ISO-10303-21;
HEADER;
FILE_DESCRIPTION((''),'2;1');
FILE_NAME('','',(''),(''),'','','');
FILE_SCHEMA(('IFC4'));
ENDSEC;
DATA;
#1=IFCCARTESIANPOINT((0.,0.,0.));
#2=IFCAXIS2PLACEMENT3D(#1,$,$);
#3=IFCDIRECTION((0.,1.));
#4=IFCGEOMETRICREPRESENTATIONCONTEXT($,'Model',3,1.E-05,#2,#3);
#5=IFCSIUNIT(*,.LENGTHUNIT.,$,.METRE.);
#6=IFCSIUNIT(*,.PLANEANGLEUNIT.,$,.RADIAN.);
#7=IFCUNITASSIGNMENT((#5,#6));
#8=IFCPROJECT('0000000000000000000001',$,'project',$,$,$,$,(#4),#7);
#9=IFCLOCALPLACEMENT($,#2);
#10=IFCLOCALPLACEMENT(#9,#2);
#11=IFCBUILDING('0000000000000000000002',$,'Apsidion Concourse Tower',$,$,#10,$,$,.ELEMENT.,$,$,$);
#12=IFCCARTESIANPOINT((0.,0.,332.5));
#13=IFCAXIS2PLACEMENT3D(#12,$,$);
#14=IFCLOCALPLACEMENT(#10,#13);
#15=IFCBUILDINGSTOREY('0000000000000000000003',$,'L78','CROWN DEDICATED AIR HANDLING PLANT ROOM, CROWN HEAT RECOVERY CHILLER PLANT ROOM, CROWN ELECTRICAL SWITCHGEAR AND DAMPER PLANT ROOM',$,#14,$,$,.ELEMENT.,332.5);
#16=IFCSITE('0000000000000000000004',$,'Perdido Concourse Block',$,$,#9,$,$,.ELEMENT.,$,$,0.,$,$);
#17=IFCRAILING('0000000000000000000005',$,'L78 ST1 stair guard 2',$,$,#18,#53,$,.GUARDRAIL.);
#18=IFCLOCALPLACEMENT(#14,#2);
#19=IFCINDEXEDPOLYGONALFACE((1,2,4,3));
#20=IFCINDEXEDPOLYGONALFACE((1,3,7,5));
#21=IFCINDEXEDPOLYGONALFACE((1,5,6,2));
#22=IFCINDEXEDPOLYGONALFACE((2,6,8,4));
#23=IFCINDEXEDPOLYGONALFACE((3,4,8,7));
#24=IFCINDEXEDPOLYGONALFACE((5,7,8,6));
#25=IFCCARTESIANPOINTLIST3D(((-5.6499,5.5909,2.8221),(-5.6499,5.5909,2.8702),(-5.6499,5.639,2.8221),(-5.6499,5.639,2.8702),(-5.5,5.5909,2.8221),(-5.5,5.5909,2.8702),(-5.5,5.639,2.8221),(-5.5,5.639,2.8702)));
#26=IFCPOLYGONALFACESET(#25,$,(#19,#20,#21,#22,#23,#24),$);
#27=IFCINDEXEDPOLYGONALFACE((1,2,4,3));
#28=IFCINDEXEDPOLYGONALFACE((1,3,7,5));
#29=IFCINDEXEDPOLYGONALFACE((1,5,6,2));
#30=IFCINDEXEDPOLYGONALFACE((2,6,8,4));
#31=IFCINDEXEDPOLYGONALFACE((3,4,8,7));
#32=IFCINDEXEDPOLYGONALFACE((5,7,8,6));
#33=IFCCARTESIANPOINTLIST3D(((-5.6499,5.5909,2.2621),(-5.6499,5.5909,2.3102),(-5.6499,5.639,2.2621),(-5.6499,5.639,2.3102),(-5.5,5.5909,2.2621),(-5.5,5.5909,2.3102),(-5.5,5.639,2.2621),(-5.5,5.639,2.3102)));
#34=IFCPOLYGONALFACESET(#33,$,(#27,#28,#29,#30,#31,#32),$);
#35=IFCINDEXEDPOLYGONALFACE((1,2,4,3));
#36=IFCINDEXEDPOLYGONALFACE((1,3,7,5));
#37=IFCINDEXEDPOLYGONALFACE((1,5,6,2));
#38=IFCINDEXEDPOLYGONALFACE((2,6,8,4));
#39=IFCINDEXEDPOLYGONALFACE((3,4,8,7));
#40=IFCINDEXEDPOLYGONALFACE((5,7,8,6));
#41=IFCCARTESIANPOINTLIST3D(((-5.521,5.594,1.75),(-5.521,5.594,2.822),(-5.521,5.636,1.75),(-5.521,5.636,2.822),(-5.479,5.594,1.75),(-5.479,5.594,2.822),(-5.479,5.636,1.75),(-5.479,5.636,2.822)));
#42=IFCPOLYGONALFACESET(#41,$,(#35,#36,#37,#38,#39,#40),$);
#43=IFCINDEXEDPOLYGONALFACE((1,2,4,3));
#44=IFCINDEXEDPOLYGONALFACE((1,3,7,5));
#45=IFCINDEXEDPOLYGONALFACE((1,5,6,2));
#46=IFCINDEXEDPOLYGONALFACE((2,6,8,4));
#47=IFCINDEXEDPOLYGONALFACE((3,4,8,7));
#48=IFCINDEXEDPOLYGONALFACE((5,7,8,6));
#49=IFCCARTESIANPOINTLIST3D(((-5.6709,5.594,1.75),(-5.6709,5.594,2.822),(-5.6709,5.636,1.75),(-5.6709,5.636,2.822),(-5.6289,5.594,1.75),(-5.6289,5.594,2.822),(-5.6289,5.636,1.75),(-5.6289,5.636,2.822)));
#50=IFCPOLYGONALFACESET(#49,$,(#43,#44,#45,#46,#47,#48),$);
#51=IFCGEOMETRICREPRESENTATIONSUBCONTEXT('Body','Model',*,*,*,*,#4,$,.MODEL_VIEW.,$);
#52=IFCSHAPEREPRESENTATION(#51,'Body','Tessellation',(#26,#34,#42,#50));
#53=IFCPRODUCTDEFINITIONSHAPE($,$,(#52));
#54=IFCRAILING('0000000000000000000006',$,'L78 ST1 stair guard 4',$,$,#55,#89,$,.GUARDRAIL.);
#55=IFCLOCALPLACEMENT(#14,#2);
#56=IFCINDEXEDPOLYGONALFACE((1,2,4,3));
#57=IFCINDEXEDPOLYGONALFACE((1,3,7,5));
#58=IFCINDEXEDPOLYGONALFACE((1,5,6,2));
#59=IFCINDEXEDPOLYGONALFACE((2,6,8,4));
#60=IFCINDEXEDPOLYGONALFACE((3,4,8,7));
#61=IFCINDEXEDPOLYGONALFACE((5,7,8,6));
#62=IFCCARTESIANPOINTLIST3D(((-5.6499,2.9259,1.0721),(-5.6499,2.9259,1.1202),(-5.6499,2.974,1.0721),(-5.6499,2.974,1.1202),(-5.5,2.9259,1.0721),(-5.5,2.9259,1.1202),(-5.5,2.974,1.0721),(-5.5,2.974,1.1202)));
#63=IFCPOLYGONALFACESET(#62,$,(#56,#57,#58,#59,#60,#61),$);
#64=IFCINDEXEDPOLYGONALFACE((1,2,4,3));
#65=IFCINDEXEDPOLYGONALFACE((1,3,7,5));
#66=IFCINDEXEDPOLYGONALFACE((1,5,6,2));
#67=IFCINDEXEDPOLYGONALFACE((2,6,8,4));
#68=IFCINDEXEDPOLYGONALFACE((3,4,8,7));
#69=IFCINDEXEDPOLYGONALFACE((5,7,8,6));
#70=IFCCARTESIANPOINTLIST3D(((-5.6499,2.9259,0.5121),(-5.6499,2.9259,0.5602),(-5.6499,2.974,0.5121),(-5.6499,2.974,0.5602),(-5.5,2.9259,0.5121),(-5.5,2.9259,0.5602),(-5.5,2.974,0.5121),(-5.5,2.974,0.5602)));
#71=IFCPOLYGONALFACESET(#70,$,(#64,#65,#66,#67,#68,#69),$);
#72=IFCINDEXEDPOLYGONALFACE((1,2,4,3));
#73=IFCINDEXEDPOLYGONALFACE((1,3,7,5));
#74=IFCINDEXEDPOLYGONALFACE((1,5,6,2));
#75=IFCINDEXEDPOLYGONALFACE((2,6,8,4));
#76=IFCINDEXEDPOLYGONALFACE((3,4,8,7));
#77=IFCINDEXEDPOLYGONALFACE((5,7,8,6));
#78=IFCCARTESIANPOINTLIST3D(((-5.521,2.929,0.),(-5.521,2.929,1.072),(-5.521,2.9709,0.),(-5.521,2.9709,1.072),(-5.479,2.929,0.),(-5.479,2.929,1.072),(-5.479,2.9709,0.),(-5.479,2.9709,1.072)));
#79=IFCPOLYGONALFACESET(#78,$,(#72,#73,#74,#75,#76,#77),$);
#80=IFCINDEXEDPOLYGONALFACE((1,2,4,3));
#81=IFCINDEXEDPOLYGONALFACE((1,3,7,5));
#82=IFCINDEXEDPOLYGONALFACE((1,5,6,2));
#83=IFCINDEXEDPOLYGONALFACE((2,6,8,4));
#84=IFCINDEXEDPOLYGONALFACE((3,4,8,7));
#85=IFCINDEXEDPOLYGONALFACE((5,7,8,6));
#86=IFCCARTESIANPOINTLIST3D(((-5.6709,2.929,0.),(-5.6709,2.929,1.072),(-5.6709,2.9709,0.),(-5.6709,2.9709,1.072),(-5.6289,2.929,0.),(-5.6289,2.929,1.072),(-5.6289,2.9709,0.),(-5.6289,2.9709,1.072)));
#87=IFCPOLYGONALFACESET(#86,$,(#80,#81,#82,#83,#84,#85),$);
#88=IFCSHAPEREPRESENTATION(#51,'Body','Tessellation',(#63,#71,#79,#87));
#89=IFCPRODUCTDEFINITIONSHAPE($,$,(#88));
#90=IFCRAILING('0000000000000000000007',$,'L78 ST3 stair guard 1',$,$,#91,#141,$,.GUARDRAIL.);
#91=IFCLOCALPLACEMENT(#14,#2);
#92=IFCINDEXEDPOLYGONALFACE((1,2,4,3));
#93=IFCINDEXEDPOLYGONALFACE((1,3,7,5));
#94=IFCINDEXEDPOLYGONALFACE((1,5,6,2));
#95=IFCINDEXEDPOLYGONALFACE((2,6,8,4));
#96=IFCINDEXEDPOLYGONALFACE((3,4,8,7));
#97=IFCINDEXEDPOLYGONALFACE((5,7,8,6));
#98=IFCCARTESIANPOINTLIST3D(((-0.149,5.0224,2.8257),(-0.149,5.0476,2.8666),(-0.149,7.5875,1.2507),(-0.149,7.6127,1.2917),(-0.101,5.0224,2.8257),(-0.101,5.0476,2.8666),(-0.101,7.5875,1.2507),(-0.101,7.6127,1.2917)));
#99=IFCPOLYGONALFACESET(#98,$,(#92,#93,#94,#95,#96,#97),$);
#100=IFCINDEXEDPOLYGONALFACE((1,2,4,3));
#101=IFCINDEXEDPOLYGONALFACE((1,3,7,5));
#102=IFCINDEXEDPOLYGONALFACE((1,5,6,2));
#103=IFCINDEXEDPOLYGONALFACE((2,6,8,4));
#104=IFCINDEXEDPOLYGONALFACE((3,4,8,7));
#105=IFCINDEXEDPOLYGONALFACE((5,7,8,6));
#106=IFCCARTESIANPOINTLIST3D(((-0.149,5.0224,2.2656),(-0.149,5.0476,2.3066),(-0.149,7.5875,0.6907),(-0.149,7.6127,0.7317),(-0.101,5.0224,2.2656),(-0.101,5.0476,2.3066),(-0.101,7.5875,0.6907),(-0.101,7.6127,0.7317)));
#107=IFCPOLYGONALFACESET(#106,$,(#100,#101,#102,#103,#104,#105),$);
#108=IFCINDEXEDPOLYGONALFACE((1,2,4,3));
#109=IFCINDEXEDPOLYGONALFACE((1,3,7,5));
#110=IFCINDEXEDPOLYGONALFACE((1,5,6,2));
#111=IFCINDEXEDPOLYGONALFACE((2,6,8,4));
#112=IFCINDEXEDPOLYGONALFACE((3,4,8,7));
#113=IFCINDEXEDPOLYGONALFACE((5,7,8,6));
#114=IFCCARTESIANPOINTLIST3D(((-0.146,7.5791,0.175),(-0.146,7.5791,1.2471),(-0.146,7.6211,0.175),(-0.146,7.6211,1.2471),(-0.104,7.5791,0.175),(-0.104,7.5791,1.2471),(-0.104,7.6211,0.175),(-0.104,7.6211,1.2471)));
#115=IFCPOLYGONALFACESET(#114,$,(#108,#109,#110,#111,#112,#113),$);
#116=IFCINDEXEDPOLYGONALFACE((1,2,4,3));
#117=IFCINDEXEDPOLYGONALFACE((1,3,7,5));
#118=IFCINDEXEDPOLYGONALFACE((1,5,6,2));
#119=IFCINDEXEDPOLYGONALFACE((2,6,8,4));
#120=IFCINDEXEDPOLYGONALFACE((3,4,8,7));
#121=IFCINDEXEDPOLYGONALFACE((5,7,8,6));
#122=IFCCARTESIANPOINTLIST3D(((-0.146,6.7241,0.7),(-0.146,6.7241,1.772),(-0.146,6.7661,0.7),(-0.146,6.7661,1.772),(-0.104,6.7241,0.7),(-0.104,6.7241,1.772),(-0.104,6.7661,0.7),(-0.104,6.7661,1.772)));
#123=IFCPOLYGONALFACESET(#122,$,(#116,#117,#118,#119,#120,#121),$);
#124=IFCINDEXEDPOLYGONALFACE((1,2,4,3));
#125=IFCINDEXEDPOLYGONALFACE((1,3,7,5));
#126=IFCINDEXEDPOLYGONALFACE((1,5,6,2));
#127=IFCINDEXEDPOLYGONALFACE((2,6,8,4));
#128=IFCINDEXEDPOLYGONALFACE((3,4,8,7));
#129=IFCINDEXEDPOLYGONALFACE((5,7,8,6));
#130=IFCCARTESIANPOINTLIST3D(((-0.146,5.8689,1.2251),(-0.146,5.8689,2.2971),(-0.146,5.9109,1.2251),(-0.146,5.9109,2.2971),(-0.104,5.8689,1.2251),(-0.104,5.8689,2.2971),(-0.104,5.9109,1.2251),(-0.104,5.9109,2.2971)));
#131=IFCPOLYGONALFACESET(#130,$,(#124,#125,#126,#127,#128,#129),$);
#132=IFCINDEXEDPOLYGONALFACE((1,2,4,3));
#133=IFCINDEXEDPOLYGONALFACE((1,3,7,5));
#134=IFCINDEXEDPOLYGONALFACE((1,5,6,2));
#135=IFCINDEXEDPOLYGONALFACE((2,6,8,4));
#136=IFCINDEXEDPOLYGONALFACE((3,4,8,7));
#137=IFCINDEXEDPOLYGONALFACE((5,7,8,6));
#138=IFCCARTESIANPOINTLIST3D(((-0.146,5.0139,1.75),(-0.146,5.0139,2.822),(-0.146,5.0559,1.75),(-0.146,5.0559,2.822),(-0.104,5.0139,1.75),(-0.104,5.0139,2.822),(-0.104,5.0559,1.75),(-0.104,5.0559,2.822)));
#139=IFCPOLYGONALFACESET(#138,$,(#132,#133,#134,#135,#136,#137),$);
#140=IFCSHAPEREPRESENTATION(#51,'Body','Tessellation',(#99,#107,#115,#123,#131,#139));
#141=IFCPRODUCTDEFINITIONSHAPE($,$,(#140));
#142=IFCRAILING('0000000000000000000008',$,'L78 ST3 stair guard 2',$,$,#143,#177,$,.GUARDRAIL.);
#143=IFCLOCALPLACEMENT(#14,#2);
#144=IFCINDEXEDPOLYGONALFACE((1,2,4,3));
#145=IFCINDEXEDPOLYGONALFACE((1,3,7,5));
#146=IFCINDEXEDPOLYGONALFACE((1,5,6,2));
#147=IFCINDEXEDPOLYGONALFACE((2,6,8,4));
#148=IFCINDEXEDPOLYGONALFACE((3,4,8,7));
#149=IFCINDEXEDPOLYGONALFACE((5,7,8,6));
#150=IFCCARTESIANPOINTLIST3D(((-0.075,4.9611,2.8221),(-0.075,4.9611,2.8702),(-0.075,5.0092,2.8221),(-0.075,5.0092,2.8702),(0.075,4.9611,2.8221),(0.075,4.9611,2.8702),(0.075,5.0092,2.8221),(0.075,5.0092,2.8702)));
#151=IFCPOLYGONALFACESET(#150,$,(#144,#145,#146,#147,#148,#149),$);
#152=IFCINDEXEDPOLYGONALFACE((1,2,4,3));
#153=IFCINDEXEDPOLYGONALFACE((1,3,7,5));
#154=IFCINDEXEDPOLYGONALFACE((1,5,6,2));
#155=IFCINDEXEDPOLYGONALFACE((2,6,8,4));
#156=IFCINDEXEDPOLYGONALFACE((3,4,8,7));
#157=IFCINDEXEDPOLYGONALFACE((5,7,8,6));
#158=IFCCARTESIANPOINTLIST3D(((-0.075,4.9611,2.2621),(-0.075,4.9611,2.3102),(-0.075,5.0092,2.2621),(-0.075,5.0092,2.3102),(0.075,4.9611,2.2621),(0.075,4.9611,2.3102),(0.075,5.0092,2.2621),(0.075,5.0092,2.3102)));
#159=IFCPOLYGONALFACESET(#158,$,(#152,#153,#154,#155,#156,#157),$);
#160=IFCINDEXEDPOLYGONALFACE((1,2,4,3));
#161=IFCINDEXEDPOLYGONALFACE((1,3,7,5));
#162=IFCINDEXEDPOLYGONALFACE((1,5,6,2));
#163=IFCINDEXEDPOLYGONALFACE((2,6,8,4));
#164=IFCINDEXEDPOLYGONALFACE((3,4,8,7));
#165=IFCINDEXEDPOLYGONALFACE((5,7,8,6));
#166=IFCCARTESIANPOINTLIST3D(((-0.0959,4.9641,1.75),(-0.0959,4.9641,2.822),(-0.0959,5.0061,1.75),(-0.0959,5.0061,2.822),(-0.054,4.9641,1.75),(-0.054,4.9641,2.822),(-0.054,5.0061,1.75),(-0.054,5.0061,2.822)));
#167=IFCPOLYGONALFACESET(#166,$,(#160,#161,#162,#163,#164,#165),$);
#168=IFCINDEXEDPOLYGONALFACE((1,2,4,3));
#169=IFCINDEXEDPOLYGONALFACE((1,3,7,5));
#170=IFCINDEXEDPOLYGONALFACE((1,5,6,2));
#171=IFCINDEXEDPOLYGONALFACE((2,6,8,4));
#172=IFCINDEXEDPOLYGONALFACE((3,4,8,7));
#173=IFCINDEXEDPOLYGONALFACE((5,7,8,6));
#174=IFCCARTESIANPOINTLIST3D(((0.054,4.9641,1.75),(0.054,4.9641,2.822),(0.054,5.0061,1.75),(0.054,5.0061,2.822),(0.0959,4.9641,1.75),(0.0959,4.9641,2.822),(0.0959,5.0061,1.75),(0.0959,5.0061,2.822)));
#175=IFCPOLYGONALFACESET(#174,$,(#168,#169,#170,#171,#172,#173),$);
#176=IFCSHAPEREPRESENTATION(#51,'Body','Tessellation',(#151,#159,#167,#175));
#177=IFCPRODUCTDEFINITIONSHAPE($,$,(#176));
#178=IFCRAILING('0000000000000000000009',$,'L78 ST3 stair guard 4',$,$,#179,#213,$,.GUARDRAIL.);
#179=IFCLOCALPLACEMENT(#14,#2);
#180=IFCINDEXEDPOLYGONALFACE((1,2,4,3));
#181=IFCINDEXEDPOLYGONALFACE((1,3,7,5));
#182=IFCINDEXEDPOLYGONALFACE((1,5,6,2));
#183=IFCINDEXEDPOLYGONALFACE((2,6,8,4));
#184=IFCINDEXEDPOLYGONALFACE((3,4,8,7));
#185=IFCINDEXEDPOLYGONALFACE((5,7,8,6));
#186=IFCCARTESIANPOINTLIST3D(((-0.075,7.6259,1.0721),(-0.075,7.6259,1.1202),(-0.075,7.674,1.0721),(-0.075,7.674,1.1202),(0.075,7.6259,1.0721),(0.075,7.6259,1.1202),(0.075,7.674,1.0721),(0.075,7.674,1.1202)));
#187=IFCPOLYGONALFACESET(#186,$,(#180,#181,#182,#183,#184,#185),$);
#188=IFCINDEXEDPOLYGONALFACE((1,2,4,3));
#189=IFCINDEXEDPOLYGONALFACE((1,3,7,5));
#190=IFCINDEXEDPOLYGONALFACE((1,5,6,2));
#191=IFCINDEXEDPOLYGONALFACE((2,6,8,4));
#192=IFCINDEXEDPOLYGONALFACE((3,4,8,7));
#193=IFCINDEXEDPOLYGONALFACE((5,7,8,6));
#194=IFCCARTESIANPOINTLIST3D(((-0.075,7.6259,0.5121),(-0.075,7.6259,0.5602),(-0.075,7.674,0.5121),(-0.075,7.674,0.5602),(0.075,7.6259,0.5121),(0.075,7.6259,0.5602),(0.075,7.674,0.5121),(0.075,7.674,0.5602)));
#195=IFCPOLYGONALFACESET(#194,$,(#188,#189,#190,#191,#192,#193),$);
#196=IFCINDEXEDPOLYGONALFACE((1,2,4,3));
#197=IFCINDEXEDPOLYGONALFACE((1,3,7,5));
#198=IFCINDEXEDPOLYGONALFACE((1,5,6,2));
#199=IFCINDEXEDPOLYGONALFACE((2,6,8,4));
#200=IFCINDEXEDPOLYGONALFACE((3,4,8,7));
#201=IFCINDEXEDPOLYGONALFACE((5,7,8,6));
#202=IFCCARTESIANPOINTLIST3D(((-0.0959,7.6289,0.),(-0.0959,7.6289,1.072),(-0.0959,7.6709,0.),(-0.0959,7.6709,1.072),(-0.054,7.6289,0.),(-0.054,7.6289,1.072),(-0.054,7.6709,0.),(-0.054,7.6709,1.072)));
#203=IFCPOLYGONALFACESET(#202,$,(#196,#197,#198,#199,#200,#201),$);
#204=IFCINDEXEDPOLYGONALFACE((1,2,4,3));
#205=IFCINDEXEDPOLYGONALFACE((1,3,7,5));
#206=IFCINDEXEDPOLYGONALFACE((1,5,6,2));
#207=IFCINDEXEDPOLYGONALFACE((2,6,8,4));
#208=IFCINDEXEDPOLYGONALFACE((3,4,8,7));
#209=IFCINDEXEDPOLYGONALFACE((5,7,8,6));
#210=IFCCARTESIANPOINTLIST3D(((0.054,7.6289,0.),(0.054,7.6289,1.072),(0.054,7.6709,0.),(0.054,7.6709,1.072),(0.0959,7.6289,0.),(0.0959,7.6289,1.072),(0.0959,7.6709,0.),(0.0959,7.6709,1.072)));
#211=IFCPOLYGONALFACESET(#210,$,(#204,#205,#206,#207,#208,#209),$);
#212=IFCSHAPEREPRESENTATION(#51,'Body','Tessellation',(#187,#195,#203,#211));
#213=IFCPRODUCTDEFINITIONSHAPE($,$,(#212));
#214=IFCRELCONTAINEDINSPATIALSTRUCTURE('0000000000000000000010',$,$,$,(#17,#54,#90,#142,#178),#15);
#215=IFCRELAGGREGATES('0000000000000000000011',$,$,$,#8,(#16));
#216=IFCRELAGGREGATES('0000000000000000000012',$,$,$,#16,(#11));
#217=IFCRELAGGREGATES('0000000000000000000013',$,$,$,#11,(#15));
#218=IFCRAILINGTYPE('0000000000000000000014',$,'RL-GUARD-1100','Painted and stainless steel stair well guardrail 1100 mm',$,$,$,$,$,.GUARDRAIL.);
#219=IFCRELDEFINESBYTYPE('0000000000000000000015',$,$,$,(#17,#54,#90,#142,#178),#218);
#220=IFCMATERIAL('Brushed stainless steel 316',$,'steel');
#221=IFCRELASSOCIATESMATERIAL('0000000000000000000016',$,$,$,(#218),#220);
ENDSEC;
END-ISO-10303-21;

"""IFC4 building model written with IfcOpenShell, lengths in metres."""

from ifc_helpers import new_model, si_unit, direction, frame, origin, origin_2d, place, context, subcontext, project, spatial, rectangle, extrude, material, type_object, element, save


model = new_model("IFC4")

# Units and contexts
model_context = context("Model", 3, precision=1e-05, world=origin(), true_north=direction((0.0, 1.0)))
body_context = subcontext(model_context, "Body", "Model", "MODEL_VIEW")
ifc_project = project(units=[si_unit("LENGTHUNIT", "METRE"), si_unit("PLANEANGLEUNIT", "RADIAN")], contexts=[model_context])

# Site, building, storey
site_placement = place(None, origin())
site = spatial("IfcSite", under=ifc_project, at=site_placement, Name="Perdido Concourse Block", CompositionType="ELEMENT", RefElevation=0.0)
building_placement = place(site_placement, origin())
building = spatial("IfcBuilding", under=site, at=building_placement, Name="Apsidion Concourse Tower", CompositionType="ELEMENT")
storey_placement = place(building_placement, frame((0.0, 0.0, 332.5)))
storey = spatial("IfcBuildingStorey", under=building, at=storey_placement, Name="L78", Description="CROWN DEDICATED AIR HANDLING PLANT ROOM, CROWN HEAT RECOVERY CHILLER PLANT ROOM, CROWN ELECTRICAL SWITCHGEAR AND DAMPER PLANT ROOM", CompositionType="ELEMENT", Elevation=332.5)

# Railings
ifc_material_1 = material(Name="Brushed stainless steel 316", Category="steel")
railing_type_1 = type_object("IfcRailingType", Name="RL-GUARD-1100", Description="Painted and stainless steel stair well guardrail 1100 mm", PredefinedType="GUARDRAIL", material=ifc_material_1)
for number, where, name in (
    (1, (-5.5, 5.615, 1.75), "L78 ST1 stair guard 2"),
    (2, (-5.5, 2.95, 0.0), "L78 ST1 stair guard 4"),
):
    element("IfcRailing", number, at=place(storey_placement, frame(where)), inside=storey, type_object=railing_type_1, Name=name, PredefinedType="GUARDRAIL", context=body_context, shape_type="SweptSolid", body=[
        extrude(rectangle(XDim=0.0481, YDim=0.0481, at=origin_2d()), frame((0.0, 0.0, 1.0962), z_axis=(-1.0, 0.0, 0.0), x_axis=(0.0, -1.0, 0.0)), (0.0, 0.0, 1.0), 0.1499),
        extrude(rectangle(XDim=0.0481, YDim=0.0481, at=origin_2d()), frame((0.0, 0.0, 0.5361), z_axis=(-1.0, 0.0, 0.0), x_axis=(0.0, -1.0, 0.0)), (0.0, 0.0, 1.0), 0.1499),
        extrude(rectangle(XDim=0.042, YDim=0.042, at=origin_2d()), origin(), (0.0, 0.0, 1.0), 1.072),
        extrude(rectangle(XDim=0.042, YDim=0.042, at=origin_2d()), frame((-0.1499, 0.0, 0.0)), (0.0, 0.0, 1.0), 1.072),
    ])
railing_1_placement = place(storey_placement, frame((-0.125, 7.6001, 0.175)))
element("IfcRailing", 3, at=railing_1_placement, inside=storey, type_object=railing_type_1, Name="L78 ST3 stair guard 1", PredefinedType="GUARDRAIL", context=body_context, shape_type="SweptSolid", body=[
    extrude(rectangle(XDim=0.0481, YDim=0.0481, at=origin_2d()), frame((0.0, 0.0, 1.0962), z_axis=(0.0, -0.852195, 0.523224), x_axis=(1.0, 0.0, 0.0)), (0.0, 0.0, 1.0), 3.01),
    extrude(rectangle(XDim=0.0481, YDim=0.0481, at=origin_2d()), frame((0.0, 0.0, 0.5361), z_axis=(0.0, -0.852195, 0.523224), x_axis=(1.0, 0.0, 0.0)), (0.0, 0.0, 1.0), 3.01),
    extrude(rectangle(XDim=0.042, YDim=0.042, at=origin_2d()), origin(), (0.0, 0.0, 1.0), 1.072),
    extrude(rectangle(XDim=0.042, YDim=0.042, at=origin_2d()), frame((0.0, -0.855, 0.5249)), (0.0, 0.0, 1.0), 1.072),
    extrude(rectangle(XDim=0.042, YDim=0.042, at=origin_2d()), frame((0.0, -1.7102, 1.05)), (0.0, 0.0, 1.0), 1.072),
    extrude(rectangle(XDim=0.042, YDim=0.042, at=origin_2d()), frame((0.0, -2.5652, 1.575)), (0.0, 0.0, 1.0), 1.072),
])
for number, where, name in (
    (4, (-0.075, 4.9851, 1.75), "L78 ST3 stair guard 2"),
    (5, (-0.075, 7.6499, 0.0), "L78 ST3 stair guard 4"),
):
    element("IfcRailing", number, at=place(storey_placement, frame(where)), inside=storey, type_object=railing_type_1, Name=name, PredefinedType="GUARDRAIL", context=body_context, shape_type="SweptSolid", body=[
        extrude(rectangle(XDim=0.0481, YDim=0.0481, at=origin_2d()), frame((0.0, 0.0, 1.0962), z_axis=(1.0, 0.0, 0.0), x_axis=(0.0, 1.0, 0.0)), (0.0, 0.0, 1.0), 0.1499),
        extrude(rectangle(XDim=0.0481, YDim=0.0481, at=origin_2d()), frame((0.0, 0.0, 0.5361), z_axis=(1.0, 0.0, 0.0), x_axis=(0.0, 1.0, 0.0)), (0.0, 0.0, 1.0), 0.1499),
        extrude(rectangle(XDim=0.042, YDim=0.042, at=origin_2d()), origin(), (0.0, 0.0, 1.0), 1.072),
        extrude(rectangle(XDim=0.042, YDim=0.042, at=origin_2d()), frame((0.1499, 0.0, 0.0)), (0.0, 0.0, 1.0), 1.072),
    ])

save(model, "model.ifc")
